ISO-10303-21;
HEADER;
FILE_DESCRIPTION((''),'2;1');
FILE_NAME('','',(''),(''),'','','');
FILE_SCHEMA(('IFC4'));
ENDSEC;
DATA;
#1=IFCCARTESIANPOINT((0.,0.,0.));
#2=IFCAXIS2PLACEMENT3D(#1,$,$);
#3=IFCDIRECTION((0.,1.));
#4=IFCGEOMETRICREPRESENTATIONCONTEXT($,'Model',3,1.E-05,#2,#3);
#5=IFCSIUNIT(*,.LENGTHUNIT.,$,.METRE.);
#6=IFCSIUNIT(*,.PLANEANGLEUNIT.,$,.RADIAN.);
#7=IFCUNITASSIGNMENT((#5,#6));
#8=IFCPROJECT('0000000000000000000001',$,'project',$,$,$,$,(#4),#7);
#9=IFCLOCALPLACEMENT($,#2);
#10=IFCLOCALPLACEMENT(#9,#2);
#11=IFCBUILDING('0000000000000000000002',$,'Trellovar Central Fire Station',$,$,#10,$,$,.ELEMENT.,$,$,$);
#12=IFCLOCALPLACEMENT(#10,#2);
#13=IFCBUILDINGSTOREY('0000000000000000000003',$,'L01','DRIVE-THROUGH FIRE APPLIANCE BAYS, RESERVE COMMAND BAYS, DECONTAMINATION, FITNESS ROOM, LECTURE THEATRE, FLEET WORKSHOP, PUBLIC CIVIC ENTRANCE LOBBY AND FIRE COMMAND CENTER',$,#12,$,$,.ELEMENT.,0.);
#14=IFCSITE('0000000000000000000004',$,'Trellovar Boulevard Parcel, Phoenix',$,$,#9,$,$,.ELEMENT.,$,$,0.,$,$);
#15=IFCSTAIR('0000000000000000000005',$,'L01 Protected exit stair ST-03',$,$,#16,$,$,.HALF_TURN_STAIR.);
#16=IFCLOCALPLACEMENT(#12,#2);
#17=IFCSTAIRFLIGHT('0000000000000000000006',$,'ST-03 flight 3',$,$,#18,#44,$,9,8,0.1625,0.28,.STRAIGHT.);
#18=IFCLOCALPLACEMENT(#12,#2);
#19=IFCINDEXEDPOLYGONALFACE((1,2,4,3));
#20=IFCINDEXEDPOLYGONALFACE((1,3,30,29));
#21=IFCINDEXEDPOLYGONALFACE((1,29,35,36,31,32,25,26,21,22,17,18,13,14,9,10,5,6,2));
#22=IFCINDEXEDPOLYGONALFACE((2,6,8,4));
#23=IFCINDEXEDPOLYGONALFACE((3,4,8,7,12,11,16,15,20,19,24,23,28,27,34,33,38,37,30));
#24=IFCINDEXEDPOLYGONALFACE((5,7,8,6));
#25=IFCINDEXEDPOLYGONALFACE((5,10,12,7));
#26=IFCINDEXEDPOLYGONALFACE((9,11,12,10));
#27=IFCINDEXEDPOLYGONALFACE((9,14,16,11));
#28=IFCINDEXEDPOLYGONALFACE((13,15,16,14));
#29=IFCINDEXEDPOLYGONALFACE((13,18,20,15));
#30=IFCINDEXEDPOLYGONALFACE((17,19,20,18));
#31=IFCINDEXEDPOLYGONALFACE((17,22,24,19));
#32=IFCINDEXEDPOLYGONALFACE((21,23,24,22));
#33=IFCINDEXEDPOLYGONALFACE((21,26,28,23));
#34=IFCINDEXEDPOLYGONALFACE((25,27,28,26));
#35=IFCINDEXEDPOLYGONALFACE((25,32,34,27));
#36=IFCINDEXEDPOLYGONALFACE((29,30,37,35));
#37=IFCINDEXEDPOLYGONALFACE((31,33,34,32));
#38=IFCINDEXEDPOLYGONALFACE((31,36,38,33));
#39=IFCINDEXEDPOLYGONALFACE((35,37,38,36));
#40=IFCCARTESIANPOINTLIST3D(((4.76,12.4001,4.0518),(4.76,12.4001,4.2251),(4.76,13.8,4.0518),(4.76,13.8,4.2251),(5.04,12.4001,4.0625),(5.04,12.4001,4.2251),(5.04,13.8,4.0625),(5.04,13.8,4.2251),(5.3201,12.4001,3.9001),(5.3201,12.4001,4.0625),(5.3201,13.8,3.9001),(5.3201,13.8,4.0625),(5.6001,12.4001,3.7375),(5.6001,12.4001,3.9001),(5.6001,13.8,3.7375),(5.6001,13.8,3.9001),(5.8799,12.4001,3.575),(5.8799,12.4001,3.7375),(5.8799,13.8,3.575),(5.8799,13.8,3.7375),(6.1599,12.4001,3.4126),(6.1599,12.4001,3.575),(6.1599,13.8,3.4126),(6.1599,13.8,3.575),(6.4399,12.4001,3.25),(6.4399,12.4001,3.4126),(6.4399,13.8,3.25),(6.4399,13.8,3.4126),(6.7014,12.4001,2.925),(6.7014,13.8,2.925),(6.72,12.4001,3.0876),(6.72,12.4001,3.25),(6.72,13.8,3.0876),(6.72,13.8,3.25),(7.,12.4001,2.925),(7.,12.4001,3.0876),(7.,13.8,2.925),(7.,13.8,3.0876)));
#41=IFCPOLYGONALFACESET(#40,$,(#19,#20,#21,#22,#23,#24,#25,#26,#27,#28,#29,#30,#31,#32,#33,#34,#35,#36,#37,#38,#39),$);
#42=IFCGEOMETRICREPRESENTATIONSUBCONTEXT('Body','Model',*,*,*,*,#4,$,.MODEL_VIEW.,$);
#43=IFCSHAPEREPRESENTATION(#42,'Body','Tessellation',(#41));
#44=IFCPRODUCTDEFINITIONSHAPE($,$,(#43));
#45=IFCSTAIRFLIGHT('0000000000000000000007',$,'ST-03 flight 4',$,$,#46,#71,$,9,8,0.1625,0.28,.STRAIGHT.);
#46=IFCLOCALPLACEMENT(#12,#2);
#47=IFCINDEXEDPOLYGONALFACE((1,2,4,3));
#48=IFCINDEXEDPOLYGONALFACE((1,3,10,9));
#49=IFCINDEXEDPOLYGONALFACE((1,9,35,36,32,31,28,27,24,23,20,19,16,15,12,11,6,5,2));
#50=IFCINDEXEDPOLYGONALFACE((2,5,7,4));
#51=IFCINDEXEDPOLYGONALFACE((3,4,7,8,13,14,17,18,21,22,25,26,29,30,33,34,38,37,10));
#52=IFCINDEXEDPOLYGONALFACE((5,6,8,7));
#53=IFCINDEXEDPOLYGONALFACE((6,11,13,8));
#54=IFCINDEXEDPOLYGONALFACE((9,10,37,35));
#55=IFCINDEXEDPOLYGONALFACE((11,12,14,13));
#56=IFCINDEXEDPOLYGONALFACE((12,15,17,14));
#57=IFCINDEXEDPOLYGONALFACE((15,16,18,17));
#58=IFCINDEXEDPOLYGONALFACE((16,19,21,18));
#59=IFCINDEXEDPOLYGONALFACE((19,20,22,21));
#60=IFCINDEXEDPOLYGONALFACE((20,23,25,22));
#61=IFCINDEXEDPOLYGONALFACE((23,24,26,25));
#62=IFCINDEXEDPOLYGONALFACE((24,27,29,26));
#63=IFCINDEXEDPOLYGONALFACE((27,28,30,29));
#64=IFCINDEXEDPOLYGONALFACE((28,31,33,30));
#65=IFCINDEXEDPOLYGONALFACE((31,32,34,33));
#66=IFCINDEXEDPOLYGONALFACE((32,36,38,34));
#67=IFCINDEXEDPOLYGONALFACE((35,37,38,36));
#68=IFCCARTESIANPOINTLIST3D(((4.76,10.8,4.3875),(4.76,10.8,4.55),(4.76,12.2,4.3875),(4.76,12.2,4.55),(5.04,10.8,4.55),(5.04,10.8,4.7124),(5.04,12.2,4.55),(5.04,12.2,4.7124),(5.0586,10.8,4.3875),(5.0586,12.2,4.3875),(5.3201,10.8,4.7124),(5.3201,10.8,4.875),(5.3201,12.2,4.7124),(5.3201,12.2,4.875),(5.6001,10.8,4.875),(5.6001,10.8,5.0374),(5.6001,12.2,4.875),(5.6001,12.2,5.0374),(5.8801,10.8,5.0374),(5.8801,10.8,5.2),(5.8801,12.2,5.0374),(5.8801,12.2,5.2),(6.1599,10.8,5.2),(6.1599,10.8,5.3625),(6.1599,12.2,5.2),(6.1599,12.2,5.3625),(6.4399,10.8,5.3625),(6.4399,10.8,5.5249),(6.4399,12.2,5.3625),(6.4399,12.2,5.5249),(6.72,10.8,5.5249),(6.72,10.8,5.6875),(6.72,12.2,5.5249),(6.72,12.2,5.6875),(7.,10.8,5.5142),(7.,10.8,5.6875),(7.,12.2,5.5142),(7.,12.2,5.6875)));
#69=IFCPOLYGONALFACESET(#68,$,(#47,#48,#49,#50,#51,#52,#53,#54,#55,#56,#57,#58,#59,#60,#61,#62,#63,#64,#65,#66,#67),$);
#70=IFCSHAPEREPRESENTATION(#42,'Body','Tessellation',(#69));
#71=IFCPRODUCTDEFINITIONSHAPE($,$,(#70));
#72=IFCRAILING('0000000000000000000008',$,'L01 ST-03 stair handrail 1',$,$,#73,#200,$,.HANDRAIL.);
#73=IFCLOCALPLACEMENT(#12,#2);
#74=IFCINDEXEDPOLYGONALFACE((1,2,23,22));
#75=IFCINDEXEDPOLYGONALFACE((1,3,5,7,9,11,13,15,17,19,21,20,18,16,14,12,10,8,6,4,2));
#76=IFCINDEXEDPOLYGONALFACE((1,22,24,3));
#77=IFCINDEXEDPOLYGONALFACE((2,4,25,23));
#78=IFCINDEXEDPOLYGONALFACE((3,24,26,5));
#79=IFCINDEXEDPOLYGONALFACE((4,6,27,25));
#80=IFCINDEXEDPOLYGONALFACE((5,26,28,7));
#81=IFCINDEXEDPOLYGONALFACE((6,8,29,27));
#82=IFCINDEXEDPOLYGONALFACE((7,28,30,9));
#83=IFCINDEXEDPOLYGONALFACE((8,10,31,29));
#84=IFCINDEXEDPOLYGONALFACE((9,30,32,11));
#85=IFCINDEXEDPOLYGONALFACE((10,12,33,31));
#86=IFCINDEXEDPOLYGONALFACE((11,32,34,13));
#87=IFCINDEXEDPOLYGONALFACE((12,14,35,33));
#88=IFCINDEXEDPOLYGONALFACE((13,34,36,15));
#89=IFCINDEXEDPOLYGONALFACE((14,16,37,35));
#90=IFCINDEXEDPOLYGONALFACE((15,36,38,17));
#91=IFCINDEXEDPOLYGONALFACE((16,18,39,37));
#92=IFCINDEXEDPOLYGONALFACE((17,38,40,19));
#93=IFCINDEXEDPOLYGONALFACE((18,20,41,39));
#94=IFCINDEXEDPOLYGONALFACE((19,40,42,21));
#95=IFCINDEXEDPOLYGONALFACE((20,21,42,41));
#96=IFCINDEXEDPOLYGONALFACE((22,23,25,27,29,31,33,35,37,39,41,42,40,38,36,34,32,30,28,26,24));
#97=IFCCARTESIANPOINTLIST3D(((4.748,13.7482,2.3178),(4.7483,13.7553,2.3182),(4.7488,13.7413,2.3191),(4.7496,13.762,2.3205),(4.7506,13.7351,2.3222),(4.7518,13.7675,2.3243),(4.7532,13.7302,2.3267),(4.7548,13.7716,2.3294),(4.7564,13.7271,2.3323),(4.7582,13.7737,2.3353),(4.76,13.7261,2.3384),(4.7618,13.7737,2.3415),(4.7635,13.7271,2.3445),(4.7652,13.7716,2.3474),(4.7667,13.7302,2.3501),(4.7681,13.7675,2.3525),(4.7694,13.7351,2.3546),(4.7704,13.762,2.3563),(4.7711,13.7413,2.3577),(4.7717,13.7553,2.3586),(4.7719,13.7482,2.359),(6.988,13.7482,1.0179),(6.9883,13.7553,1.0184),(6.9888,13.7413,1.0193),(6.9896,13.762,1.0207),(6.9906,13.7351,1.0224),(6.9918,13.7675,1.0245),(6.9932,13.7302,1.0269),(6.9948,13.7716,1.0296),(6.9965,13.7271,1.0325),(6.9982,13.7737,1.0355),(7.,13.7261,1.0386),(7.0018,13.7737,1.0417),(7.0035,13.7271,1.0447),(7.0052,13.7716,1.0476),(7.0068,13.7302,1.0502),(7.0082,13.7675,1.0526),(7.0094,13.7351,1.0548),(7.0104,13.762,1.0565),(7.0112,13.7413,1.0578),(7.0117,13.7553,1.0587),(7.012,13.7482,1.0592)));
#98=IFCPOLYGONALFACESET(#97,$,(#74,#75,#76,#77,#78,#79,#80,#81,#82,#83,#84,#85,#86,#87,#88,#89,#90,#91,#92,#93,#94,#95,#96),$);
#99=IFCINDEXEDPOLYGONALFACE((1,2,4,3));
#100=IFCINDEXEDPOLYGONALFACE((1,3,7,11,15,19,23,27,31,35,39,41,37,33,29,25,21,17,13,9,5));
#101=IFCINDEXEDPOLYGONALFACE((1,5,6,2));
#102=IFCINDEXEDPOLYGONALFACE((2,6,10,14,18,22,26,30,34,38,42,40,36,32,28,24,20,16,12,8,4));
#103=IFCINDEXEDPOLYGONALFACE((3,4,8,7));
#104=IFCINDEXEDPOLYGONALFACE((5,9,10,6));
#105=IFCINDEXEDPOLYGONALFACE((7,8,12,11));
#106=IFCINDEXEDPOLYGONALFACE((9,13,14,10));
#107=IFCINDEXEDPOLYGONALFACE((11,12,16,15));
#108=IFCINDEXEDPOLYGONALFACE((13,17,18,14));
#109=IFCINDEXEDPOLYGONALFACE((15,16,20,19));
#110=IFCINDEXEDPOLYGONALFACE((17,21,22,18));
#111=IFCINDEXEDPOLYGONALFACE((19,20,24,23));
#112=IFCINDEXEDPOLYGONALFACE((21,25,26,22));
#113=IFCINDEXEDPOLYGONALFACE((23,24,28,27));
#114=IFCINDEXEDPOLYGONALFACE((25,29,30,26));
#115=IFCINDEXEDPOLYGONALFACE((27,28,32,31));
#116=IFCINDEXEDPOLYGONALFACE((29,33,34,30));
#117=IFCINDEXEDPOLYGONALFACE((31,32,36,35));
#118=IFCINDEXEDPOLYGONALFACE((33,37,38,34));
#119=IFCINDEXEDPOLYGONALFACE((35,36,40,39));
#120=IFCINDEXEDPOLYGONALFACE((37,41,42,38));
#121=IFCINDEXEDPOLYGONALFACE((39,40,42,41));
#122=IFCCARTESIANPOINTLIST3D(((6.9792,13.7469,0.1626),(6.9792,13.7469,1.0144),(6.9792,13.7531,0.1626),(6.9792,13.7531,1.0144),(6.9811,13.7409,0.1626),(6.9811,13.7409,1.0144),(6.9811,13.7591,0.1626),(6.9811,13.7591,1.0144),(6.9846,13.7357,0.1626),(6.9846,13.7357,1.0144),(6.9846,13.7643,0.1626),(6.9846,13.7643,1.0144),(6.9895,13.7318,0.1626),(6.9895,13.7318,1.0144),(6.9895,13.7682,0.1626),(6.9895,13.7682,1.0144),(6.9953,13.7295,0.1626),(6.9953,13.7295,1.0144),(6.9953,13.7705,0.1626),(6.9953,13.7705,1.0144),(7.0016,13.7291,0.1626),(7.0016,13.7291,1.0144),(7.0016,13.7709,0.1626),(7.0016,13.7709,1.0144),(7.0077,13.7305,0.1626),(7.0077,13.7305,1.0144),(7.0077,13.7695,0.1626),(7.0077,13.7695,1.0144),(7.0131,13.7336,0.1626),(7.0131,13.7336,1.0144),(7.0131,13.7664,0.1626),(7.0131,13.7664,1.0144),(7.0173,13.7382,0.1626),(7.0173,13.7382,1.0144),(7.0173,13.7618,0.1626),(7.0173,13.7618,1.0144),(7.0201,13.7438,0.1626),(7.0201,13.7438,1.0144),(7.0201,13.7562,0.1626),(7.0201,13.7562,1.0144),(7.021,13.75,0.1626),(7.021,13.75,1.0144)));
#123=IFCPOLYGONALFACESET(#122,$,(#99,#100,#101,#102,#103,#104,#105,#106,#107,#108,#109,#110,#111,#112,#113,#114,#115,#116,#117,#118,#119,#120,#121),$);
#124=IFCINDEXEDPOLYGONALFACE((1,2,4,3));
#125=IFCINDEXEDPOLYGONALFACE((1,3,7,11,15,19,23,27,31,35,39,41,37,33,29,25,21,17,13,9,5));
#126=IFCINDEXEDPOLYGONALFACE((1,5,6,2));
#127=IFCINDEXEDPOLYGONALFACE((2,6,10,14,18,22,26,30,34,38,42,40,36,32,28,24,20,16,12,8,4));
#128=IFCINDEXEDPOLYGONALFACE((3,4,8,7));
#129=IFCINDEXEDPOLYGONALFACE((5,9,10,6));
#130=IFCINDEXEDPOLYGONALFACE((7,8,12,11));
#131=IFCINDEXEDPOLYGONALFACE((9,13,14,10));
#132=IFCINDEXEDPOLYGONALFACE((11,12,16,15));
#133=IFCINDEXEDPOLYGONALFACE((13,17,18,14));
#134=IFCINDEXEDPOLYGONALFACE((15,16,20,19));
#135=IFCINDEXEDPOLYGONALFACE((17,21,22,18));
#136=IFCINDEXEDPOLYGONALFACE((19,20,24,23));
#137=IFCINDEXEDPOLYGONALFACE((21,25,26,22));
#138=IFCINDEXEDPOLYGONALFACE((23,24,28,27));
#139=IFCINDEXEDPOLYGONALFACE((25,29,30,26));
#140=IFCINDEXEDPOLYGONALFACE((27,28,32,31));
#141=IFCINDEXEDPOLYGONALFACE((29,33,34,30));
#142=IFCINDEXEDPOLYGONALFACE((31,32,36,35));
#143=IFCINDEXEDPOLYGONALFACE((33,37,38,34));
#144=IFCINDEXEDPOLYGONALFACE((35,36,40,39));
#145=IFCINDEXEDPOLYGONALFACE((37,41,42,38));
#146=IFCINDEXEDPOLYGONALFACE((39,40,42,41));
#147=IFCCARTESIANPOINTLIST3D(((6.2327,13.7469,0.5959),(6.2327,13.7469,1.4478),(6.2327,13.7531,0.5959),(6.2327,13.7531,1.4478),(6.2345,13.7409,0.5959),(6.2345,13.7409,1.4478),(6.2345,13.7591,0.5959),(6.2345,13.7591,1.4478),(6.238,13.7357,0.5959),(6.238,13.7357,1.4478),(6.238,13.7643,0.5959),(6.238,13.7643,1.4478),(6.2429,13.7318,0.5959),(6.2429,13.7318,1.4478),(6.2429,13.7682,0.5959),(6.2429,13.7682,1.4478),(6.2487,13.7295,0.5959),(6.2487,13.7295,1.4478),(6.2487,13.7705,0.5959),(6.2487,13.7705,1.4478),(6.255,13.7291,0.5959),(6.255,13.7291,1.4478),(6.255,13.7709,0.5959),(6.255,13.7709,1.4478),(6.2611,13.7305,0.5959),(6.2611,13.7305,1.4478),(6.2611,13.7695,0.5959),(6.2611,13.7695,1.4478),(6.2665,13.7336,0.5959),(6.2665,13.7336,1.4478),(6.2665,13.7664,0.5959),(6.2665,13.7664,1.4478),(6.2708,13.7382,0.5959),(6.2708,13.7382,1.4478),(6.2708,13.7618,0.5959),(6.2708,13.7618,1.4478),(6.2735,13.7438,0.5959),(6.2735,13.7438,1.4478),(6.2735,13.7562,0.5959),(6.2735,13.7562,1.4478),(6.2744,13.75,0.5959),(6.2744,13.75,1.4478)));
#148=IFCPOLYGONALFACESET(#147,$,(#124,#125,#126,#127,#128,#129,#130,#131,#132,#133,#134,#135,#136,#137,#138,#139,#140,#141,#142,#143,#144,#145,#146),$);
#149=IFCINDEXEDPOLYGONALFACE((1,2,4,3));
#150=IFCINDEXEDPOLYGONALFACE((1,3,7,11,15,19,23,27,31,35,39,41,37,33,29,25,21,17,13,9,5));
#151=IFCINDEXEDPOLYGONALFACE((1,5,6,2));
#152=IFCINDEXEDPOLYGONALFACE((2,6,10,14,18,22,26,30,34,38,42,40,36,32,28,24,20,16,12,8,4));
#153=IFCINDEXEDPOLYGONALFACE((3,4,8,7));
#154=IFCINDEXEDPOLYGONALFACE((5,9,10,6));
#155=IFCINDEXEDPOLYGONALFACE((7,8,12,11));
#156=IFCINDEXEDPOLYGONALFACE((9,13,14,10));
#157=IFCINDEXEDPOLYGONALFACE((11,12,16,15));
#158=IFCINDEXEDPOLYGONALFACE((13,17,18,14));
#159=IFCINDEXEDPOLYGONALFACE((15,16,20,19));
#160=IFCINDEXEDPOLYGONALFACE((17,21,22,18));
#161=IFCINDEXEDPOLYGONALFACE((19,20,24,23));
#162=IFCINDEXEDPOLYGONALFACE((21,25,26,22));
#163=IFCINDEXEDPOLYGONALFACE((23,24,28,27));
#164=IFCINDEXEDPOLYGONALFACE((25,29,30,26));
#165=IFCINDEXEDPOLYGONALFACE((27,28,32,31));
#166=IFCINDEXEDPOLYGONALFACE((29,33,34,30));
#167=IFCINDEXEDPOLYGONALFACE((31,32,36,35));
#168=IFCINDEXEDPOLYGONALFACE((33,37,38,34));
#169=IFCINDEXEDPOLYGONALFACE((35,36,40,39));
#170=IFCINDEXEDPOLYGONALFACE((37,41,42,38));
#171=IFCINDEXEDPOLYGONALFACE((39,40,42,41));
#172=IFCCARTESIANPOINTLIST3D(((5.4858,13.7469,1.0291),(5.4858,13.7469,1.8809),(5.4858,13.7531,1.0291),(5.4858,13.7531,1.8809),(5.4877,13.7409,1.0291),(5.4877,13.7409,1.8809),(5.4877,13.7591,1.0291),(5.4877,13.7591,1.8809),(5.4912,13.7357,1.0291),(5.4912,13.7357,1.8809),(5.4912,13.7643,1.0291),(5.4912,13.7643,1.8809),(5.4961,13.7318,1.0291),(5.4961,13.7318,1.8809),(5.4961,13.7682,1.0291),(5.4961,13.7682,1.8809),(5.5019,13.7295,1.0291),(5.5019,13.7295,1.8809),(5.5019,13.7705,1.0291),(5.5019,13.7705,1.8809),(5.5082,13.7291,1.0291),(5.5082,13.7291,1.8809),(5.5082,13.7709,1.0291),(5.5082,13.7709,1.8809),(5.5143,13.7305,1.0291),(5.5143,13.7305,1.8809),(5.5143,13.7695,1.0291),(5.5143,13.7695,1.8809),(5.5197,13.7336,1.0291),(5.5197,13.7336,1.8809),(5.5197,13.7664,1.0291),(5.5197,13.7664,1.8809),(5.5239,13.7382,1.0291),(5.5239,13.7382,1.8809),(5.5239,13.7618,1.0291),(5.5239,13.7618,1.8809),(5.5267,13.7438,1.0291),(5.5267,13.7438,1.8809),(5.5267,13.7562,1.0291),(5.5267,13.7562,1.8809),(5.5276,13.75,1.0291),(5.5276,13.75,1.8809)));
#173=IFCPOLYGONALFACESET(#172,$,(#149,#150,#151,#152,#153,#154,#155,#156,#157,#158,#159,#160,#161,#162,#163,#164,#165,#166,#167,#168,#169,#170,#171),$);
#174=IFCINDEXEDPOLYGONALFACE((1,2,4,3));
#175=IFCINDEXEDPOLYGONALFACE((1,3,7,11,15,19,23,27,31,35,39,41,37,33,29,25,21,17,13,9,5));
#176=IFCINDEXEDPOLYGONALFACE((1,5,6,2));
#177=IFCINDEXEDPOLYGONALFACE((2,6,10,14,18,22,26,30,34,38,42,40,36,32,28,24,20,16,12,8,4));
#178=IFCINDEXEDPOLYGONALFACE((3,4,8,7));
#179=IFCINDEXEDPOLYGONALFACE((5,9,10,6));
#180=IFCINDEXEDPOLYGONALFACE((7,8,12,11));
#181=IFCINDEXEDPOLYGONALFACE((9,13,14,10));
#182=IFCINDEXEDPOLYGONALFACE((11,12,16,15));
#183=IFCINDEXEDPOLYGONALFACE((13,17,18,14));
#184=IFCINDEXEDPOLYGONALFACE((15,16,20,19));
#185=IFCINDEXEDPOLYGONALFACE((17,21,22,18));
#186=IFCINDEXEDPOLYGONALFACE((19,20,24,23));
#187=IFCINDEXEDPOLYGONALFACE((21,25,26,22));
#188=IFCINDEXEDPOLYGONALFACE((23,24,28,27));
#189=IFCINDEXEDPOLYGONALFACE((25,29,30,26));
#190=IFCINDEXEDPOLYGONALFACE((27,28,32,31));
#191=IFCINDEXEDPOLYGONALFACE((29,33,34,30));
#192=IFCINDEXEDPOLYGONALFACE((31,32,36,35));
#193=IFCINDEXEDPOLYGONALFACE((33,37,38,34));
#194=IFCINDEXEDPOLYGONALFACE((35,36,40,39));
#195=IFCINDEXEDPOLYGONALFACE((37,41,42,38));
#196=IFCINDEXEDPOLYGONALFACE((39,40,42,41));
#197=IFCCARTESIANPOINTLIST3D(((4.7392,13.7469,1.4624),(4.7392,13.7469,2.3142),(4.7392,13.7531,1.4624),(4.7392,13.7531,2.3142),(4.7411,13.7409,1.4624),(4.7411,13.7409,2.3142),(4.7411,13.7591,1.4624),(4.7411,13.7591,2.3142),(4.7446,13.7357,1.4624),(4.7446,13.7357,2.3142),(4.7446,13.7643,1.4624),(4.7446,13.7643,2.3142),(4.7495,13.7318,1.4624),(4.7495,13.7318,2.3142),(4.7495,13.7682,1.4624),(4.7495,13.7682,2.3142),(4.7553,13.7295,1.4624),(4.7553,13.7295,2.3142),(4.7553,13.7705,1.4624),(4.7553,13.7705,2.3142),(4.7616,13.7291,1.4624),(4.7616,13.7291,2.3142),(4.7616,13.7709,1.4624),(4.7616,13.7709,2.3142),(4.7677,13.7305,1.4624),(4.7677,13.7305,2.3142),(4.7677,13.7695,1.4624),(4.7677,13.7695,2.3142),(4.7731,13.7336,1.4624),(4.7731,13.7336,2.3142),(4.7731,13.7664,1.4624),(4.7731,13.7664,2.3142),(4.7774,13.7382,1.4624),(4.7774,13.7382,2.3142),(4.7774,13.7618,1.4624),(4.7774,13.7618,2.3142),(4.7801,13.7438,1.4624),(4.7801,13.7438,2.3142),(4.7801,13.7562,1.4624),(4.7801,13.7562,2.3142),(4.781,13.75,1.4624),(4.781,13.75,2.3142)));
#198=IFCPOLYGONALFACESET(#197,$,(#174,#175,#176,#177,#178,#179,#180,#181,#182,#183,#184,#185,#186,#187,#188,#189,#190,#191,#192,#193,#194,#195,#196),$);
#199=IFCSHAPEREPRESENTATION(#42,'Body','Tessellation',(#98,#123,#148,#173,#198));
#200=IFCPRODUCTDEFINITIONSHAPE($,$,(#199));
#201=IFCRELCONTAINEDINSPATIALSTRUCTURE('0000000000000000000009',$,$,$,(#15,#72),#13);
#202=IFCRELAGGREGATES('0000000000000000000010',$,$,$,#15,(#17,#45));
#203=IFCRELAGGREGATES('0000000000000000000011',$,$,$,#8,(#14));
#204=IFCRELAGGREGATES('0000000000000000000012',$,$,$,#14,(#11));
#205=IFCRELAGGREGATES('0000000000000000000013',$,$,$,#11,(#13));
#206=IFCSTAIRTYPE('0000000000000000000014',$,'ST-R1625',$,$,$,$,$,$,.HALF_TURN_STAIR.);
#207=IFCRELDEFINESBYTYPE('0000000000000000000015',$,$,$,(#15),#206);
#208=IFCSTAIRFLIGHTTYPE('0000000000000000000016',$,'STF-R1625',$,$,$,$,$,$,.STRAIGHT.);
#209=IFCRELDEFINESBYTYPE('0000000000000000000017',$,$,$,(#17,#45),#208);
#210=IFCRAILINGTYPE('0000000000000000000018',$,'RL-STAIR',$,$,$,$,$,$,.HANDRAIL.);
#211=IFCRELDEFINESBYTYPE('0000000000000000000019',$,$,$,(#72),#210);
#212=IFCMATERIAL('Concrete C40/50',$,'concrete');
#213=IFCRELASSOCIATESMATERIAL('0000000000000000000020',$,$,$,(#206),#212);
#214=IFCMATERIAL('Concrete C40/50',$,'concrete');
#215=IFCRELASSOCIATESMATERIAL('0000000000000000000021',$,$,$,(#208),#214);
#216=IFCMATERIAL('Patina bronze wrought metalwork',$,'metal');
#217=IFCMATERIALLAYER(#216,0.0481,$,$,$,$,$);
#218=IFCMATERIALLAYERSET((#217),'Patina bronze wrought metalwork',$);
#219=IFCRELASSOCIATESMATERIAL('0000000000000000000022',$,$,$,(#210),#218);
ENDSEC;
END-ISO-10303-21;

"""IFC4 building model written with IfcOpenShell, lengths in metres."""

from ifc_helpers import new_model, si_unit, direction, frame, origin, origin_2d, place, context, subcontext, project, spatial, polyline, circle, outline, extrude, material, layer, layer_set, type_object, element, aggregate, save


model = new_model("IFC4")

# Units and contexts
model_context = context("Model", 3, precision=1e-05, world=origin(), true_north=direction((0.0, 1.0)))
body_context = subcontext(model_context, "Body", "Model", "MODEL_VIEW")
ifc_project = project(units=[si_unit("LENGTHUNIT", "METRE"), si_unit("PLANEANGLEUNIT", "RADIAN")], contexts=[model_context])

# Site, building, storey
site_placement = place(None, origin())
site = spatial("IfcSite", under=ifc_project, at=site_placement, Name="Trellovar Boulevard Parcel, Phoenix", CompositionType="ELEMENT", RefElevation=0.0)
building_placement = place(site_placement, origin())
building = spatial("IfcBuilding", under=site, at=building_placement, Name="Trellovar Central Fire Station", CompositionType="ELEMENT")
storey_placement = place(building_placement, origin())
storey = spatial("IfcBuildingStorey", under=building, at=storey_placement, Name="L01", Description="DRIVE-THROUGH FIRE APPLIANCE BAYS, RESERVE COMMAND BAYS, DECONTAMINATION, FITNESS ROOM, LECTURE THEATRE, FLEET WORKSHOP, PUBLIC CIVIC ENTRANCE LOBBY AND FIRE COMMAND CENTER", CompositionType="ELEMENT", Elevation=0.0)

# Stair, stair flights
ifc_material_1 = material(Name="Concrete C40/50", Category="concrete")
stair_type = type_object("IfcStairType", Name="ST-R1625", PredefinedType="HALF_TURN_STAIR", material=ifc_material_1)
stair_placement = place(storey_placement, origin())
stair = element("IfcStair", 1, at=stair_placement, inside=storey, type_object=stair_type, Name="L01 Protected exit stair ST-03", PredefinedType="HALF_TURN_STAIR")
ifc_material_2 = material(Name="Concrete C40/50", Category="concrete")
stair_flight_type = type_object("IfcStairFlightType", Name="STF-R1625", PredefinedType="STRAIGHT", material=ifc_material_2)
stair_flight_1_placement = place(storey_placement, frame((7.0, 13.1001, 2.925), z_axis=(0.0, 0.0, 1.0), x_axis=(-1.0, 0.0, 0.0)))
stair_flight_1 = element("IfcStairFlight", 2, at=stair_flight_1_placement, type_object=stair_flight_type, Name="ST-03 flight 3", NumberOfRisers=9, NumberOfTreads=8, PredefinedType="STRAIGHT", RiserHeight=0.1625, TreadLength=0.28, context=body_context, shape_type="SweptSolid", body=[
    extrude(outline(polyline([(0.0, 0.0), (0.0, 0.1626), (0.28, 0.1626), (0.28, 0.325), (0.5601, 0.325), (0.5601, 0.4875), (0.8401, 0.4875), (0.8401, 0.6499), (1.1201, 0.6499), (1.1201, 0.8125), (1.3999, 0.8125), (1.3999, 0.9751), (1.6799, 0.9751), (1.6799, 1.1375), (1.96, 1.1375), (1.96, 1.3), (2.24, 1.3), (2.24, 1.4624), (2.24, 1.1267), (0.2986, 0.0), (0.0, 0.0)])), frame((0.0, 0.7, 0.0), z_axis=(0.0, -1.0, 0.0), x_axis=(1.0, 0.0, 0.0)), (0.0, 0.0, 1.0), 1.3999),
])
stair_flight_2_placement = place(storey_placement, frame((4.76, 11.5, 4.3875), z_axis=(0.0, 0.0, 1.0), x_axis=(1.0, 0.0, 0.0)))
stair_flight_2 = element("IfcStairFlight", 3, at=stair_flight_2_placement, type_object=stair_flight_type, Name="ST-03 flight 4", NumberOfRisers=9, NumberOfTreads=8, PredefinedType="STRAIGHT", RiserHeight=0.1625, TreadLength=0.28, context=body_context, shape_type="SweptSolid", body=[
    extrude(outline(polyline([(0.0, 0.0), (0.0, 0.1626), (0.28, 0.1626), (0.28, 0.325), (0.5601, 0.325), (0.5601, 0.4875), (0.8401, 0.4875), (0.8401, 0.6499), (1.1201, 0.6499), (1.1201, 0.8125), (1.3999, 0.8125), (1.3999, 0.9751), (1.6799, 0.9751), (1.6799, 1.1375), (1.96, 1.1375), (1.96, 1.3), (2.24, 1.3), (2.24, 1.4624), (2.24, 1.1267), (0.2986, 0.0), (0.0, 0.0)])), frame((0.0, 0.7, 0.0), z_axis=(0.0, -1.0, 0.0), x_axis=(1.0, 0.0, 0.0)), (0.0, 0.0, 1.0), 1.3999),
])
aggregate(stair, [stair_flight_1, stair_flight_2])

# Railing
ifc_material_3 = material(Name="Patina bronze wrought metalwork", Category="metal")
ifc_layer_1 = layer(ifc_material_3, 0.0481)
ifc_layer_set_1 = layer_set([ifc_layer_1], Name="Patina bronze wrought metalwork")
railing_type_1 = type_object("IfcRailingType", Name="RL-STAIR", PredefinedType="HANDRAIL", material=ifc_layer_set_1)
railing_1_placement = place(storey_placement, frame((7.0, 13.75, 0.1626)))
element("IfcRailing", 4, at=railing_1_placement, inside=storey, type_object=railing_type_1, Name="L01 ST-03 stair handrail 1", PredefinedType="HANDRAIL", context=body_context, shape_type="SweptSolid", body=[
    extrude(circle(Radius=0.0239, at=origin_2d()), frame((0.0, 0.0, 0.876), z_axis=(-0.864929, 0.0, 0.501894), x_axis=(0.0, -1.0, 0.0)), (0.0, 0.0, 1.0), 2.5898),
    extrude(circle(Radius=0.021, at=origin_2d()), origin(), (0.0, 0.0, 1.0), 0.8518),
    extrude(circle(Radius=0.021, at=origin_2d()), frame((-0.7466, 0.0, 0.4333)), (0.0, 0.0, 1.0), 0.8518),
    extrude(circle(Radius=0.021, at=origin_2d()), frame((-1.4934, 0.0, 0.8665)), (0.0, 0.0, 1.0), 0.8518),
    extrude(circle(Radius=0.021, at=origin_2d()), frame((-2.24, 0.0, 1.2998)), (0.0, 0.0, 1.0), 0.8518),
])

save(model, "model.ifc")
